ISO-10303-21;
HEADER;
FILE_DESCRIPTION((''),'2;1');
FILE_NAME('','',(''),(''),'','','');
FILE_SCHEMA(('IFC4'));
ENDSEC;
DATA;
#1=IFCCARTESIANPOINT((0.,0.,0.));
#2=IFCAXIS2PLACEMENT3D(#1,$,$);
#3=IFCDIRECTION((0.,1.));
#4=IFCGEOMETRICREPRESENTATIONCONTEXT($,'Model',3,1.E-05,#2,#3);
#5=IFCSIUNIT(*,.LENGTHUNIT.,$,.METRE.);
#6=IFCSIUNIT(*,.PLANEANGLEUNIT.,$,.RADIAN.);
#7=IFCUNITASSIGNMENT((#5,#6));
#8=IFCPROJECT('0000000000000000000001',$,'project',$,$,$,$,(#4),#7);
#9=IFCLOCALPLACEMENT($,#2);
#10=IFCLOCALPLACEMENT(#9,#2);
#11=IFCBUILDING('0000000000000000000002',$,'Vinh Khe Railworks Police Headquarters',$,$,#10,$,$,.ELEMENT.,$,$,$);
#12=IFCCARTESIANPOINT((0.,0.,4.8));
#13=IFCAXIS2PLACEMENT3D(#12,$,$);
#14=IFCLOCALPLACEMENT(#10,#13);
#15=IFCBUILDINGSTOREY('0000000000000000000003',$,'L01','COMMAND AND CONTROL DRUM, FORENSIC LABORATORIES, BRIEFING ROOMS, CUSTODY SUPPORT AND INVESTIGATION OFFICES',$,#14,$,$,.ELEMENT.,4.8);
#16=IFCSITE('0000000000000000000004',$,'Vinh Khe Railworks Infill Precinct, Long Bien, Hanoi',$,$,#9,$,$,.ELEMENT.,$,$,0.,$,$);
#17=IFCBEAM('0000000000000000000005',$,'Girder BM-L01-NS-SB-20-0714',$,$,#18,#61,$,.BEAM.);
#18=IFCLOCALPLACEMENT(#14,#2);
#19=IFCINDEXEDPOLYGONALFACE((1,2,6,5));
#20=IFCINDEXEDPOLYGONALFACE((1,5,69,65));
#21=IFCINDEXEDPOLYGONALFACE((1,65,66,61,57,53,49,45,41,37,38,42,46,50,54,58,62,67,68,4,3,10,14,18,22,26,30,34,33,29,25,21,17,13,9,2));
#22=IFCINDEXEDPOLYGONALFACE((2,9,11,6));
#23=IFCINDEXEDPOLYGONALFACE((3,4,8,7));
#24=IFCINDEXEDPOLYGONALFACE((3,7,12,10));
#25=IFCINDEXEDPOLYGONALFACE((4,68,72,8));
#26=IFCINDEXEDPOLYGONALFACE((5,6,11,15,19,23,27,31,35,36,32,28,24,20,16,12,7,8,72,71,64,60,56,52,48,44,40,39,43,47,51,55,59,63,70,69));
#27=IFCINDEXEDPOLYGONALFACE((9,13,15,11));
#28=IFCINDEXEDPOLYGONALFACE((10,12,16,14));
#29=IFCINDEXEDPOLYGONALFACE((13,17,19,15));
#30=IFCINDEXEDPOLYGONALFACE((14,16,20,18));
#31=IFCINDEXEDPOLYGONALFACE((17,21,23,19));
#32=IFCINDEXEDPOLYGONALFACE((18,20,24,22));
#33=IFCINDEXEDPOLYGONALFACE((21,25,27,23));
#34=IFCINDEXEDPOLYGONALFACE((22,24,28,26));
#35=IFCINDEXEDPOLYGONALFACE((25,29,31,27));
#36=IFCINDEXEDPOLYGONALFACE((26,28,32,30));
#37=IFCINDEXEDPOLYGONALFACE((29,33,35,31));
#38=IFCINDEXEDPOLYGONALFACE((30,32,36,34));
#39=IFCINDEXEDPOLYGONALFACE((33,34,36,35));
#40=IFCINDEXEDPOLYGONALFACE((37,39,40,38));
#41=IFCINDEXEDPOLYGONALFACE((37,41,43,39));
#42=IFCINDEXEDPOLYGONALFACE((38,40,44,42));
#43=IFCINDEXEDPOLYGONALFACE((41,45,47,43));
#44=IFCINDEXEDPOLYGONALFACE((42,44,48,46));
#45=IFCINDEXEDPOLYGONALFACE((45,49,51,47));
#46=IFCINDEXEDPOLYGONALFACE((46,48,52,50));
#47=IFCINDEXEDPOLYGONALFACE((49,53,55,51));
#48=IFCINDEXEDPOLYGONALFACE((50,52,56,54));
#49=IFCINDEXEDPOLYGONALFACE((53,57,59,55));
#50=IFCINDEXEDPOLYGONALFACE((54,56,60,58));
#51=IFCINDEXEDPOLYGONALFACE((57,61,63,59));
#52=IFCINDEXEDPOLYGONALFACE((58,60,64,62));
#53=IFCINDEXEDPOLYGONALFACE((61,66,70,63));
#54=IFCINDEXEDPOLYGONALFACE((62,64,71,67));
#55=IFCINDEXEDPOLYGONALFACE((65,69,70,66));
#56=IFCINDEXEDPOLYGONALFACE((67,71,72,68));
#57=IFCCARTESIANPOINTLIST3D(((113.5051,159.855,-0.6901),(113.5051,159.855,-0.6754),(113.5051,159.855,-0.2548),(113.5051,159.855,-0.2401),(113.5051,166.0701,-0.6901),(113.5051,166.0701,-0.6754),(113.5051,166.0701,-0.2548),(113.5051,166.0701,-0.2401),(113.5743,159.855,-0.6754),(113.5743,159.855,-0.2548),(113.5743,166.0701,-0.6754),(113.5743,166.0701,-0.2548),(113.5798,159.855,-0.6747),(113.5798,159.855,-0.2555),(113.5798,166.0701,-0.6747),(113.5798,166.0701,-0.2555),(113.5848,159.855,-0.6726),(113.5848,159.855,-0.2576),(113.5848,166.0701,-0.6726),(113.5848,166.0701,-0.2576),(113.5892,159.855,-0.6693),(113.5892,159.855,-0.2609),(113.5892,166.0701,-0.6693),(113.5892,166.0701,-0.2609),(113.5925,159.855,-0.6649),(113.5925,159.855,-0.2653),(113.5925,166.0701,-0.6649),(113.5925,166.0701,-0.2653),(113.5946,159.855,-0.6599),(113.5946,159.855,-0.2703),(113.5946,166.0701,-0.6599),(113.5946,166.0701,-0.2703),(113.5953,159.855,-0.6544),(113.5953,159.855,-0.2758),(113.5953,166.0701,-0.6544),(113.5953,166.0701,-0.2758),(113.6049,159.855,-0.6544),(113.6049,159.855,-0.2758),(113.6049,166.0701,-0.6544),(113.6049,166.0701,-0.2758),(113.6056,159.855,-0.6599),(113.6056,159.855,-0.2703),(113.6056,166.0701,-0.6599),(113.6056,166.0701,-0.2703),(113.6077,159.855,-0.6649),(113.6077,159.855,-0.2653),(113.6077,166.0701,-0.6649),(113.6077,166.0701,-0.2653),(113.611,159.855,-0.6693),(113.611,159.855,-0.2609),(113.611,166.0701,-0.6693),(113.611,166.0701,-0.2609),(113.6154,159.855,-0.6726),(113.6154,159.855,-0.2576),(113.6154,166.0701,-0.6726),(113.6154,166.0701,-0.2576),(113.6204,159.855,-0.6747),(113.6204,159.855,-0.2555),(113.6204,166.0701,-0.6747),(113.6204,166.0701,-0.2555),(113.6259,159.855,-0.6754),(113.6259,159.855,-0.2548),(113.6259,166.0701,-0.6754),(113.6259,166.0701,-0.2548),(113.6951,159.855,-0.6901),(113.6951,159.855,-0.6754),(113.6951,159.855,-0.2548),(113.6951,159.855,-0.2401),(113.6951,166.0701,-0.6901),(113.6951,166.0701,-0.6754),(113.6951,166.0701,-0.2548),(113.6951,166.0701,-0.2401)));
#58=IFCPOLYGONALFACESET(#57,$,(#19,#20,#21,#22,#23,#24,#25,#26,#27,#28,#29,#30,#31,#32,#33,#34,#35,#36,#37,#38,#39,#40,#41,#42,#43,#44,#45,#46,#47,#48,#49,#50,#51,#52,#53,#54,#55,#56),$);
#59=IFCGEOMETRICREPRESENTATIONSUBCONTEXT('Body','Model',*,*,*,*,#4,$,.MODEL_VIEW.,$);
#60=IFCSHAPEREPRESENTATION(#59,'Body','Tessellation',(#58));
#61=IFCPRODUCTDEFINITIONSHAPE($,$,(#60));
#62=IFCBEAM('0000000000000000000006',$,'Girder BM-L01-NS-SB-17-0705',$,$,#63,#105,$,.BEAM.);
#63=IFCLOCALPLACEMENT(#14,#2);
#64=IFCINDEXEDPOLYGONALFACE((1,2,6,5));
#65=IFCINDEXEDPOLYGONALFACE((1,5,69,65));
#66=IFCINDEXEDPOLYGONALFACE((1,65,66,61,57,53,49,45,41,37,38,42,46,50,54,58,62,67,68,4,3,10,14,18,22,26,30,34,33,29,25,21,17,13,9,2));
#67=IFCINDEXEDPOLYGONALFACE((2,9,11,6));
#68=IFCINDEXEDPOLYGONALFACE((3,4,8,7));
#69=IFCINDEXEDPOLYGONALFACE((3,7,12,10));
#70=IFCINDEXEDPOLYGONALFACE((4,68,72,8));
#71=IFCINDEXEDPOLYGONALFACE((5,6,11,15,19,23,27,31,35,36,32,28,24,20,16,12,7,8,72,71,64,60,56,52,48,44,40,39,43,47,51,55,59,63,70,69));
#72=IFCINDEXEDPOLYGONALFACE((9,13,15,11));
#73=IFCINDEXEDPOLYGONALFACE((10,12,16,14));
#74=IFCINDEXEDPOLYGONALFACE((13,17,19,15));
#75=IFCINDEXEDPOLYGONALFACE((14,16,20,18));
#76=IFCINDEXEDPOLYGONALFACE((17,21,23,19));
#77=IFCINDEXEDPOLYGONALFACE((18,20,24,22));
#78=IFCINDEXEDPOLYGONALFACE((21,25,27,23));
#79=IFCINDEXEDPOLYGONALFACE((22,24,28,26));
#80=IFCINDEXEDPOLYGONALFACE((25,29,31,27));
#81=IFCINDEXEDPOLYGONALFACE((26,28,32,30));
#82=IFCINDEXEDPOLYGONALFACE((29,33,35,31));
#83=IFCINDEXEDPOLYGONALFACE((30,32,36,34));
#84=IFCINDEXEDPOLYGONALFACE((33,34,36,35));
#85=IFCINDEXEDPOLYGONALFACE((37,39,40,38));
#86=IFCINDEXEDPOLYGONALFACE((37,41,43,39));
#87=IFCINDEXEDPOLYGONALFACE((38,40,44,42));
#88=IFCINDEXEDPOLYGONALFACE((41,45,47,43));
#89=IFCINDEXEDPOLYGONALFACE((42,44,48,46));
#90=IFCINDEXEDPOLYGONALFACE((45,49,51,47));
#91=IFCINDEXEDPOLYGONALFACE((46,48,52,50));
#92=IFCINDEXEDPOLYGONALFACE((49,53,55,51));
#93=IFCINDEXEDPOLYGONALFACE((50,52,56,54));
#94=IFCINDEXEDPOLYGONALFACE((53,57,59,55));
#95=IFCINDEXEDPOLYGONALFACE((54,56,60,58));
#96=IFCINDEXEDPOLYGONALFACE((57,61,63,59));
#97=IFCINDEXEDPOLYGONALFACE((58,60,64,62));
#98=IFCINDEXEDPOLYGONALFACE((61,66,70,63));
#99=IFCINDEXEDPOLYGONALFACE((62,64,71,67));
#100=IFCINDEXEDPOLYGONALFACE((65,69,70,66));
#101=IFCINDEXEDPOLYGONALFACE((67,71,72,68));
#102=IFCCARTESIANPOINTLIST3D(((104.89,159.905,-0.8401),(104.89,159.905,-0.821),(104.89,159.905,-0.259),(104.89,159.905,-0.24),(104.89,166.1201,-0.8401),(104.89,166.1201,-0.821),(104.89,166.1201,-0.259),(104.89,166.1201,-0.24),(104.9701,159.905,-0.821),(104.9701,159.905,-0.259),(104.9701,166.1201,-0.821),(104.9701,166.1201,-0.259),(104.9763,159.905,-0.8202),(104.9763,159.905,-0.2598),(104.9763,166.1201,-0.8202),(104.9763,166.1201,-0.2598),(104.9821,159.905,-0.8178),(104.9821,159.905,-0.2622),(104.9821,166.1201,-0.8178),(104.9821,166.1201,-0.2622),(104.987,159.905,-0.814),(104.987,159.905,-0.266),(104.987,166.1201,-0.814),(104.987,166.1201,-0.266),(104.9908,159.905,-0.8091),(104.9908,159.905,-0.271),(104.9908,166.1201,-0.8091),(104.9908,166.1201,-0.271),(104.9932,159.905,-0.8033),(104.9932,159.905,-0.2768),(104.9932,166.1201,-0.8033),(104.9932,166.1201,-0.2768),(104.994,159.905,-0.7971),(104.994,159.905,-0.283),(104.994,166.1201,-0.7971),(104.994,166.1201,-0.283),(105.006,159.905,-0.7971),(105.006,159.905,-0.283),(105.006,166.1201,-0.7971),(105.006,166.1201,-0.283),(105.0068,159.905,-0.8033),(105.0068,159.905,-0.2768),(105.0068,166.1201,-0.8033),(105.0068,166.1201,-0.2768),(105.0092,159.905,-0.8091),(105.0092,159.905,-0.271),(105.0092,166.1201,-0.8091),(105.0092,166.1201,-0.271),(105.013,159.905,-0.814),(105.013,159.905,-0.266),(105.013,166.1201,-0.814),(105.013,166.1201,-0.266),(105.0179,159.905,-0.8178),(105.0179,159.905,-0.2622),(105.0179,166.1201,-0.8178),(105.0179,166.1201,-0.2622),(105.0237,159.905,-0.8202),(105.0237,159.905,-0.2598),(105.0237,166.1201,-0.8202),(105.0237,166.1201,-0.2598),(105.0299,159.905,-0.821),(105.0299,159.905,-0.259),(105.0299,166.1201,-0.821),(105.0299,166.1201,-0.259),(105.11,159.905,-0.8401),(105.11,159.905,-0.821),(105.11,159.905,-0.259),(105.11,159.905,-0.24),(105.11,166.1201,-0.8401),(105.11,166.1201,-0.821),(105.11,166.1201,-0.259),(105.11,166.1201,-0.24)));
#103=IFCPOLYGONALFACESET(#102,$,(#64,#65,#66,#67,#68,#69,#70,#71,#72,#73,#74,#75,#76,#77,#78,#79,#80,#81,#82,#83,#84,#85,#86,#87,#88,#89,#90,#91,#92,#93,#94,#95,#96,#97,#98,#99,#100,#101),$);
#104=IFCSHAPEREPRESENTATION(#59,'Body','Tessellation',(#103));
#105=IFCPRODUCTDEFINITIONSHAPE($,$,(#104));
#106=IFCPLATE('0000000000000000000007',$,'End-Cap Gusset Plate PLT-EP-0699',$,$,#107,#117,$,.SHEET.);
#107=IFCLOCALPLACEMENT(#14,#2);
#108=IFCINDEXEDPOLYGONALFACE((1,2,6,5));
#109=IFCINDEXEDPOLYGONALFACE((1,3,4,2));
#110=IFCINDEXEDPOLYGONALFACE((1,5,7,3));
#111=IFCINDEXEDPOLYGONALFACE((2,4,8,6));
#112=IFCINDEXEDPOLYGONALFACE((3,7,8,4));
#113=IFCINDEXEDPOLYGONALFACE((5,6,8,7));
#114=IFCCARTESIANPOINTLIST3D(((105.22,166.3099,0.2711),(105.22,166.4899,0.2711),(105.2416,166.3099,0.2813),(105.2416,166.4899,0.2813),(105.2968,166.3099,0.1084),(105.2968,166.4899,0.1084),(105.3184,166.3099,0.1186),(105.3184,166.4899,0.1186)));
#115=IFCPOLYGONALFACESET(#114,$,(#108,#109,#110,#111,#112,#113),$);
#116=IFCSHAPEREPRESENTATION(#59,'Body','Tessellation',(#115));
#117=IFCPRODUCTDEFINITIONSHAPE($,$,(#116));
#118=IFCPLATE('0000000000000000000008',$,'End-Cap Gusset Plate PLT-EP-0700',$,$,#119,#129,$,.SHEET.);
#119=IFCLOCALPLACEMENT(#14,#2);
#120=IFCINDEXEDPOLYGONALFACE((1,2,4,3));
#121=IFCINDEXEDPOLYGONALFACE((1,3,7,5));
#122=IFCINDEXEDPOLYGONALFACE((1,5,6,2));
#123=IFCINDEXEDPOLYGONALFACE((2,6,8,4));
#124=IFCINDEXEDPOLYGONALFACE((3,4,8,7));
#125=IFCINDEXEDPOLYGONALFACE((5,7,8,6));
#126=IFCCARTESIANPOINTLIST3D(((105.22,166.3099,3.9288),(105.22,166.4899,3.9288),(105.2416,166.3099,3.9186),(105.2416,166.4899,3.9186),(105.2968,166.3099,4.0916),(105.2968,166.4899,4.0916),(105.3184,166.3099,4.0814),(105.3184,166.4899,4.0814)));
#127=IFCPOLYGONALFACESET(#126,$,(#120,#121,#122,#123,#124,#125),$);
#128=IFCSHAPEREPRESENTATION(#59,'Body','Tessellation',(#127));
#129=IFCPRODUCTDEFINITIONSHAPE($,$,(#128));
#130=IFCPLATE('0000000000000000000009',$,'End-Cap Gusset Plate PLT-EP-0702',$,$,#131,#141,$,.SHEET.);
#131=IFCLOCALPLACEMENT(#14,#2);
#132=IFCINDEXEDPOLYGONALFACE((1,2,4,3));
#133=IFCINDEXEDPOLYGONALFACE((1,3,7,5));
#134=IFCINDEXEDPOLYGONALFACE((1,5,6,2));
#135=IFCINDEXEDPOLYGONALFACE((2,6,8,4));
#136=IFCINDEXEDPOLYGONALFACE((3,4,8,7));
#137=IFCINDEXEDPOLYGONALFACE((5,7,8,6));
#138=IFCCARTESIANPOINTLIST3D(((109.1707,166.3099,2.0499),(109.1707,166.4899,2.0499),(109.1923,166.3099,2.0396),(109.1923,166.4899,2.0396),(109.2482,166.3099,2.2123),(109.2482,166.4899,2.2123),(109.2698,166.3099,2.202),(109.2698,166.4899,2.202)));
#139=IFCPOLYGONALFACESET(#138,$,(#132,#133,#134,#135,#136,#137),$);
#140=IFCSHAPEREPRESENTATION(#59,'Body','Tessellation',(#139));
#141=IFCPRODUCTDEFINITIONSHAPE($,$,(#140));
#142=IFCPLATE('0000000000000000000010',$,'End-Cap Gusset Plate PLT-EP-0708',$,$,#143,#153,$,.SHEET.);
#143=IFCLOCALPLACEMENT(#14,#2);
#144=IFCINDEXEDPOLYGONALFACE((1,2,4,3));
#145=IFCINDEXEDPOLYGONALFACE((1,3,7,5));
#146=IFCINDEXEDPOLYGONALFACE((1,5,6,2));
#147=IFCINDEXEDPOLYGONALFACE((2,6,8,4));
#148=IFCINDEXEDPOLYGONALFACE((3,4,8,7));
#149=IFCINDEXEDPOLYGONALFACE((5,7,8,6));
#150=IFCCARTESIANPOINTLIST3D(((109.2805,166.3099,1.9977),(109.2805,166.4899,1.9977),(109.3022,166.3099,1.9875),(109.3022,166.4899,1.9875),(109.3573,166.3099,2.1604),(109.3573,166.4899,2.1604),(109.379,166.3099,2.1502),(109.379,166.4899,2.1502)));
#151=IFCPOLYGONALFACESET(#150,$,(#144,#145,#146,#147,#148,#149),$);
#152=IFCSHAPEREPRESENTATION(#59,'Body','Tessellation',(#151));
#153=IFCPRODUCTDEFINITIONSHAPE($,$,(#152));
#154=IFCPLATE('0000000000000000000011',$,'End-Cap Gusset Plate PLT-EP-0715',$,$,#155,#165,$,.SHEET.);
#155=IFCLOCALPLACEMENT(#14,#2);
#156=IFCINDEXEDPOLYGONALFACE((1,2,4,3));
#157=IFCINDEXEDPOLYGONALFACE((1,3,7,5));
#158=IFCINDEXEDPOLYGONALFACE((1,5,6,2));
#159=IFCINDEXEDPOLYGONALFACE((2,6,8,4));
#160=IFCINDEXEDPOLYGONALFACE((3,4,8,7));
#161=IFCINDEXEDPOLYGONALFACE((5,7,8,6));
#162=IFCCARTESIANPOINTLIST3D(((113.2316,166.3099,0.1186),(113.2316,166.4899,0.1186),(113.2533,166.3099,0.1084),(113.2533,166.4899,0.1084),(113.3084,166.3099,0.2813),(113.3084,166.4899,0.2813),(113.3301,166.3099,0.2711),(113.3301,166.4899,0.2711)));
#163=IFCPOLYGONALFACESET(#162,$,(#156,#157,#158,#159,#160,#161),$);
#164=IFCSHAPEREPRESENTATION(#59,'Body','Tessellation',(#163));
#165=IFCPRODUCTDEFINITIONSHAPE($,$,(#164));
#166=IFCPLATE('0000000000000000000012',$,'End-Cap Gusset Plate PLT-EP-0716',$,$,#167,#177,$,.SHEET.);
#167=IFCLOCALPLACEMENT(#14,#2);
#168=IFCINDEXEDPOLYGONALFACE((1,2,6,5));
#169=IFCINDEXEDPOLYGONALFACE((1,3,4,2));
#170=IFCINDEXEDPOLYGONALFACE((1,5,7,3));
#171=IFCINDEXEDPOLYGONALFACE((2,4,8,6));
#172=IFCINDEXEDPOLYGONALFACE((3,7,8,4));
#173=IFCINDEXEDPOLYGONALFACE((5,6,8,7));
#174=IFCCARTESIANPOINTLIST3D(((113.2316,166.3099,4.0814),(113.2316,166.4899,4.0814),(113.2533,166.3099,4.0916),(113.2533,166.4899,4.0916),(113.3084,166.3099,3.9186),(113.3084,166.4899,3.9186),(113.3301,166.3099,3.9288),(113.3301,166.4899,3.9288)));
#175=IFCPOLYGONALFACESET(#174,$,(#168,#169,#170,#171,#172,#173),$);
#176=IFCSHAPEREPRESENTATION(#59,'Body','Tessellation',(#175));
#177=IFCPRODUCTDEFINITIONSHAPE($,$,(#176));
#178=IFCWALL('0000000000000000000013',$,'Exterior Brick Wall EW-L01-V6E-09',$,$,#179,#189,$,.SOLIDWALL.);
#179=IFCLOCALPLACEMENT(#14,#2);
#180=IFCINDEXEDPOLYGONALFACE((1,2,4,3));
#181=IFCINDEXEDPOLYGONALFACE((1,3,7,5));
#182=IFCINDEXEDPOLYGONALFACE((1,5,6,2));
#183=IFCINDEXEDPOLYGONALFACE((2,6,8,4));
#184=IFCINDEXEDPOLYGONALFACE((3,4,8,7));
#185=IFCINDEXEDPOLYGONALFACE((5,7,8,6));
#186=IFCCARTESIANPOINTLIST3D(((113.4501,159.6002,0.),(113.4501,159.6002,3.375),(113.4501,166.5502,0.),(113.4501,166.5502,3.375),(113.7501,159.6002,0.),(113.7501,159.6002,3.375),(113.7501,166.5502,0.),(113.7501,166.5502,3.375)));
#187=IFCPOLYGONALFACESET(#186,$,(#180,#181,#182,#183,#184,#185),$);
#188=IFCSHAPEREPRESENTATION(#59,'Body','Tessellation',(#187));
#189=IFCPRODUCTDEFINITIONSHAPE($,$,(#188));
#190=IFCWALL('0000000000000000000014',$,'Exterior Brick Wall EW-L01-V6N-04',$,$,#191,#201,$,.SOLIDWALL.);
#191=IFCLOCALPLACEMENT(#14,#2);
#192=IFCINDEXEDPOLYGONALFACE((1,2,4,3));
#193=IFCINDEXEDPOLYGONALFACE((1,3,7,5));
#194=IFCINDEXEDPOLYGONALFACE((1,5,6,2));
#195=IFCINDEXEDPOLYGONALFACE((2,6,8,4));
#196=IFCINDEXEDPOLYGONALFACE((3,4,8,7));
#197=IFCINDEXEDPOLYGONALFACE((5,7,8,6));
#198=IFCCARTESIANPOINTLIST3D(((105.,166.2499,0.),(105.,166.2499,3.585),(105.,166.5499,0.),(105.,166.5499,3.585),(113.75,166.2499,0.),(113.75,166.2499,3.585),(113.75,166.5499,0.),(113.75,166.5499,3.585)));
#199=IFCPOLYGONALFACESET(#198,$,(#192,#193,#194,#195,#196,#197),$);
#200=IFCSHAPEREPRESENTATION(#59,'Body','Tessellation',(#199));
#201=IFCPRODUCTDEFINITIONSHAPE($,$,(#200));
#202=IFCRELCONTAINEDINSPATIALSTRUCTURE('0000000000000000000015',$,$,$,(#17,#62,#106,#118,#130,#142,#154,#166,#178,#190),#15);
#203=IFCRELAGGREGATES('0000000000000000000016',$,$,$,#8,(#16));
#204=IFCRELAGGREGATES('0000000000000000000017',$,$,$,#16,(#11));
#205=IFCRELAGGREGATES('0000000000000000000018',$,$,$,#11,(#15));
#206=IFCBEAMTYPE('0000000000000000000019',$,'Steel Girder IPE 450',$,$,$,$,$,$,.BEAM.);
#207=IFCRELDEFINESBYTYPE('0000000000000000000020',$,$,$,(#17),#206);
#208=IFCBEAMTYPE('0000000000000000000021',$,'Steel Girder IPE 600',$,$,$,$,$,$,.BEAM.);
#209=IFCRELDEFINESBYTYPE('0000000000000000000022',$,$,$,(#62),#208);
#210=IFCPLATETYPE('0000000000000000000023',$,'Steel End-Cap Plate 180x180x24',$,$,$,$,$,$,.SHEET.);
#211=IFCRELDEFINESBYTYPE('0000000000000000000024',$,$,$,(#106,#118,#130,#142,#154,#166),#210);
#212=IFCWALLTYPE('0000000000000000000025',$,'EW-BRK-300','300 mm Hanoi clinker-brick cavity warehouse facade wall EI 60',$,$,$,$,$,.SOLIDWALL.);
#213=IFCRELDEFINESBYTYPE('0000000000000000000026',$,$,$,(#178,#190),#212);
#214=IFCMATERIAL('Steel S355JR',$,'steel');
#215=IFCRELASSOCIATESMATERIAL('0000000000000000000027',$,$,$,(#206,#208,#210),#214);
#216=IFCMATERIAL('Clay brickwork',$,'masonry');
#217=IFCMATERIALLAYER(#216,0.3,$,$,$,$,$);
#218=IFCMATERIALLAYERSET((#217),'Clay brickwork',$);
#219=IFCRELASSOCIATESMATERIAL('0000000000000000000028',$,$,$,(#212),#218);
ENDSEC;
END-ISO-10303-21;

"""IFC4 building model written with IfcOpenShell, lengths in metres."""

from ifc_helpers import new_model, si_unit, direction, frame, frame_2d, origin, origin_2d, place, context, subcontext, project, spatial, rectangle, i_section, extrude, material, layer, layer_set, material_profile, profile_set, type_object, element, save


model = new_model("IFC4")

# Units and contexts
model_context = context("Model", 3, precision=1e-05, world=origin(), true_north=direction((0.0, 1.0)))
body_context = subcontext(model_context, "Body", "Model", "MODEL_VIEW")
ifc_project = project(units=[si_unit("LENGTHUNIT", "METRE"), si_unit("PLANEANGLEUNIT", "RADIAN")], contexts=[model_context])

# Site, building, storey
site_placement = place(None, origin())
site = spatial("IfcSite", under=ifc_project, at=site_placement, Name="Vinh Khe Railworks Infill Precinct, Long Bien, Hanoi", CompositionType="ELEMENT", RefElevation=0.0)
building_placement = place(site_placement, origin())
building = spatial("IfcBuilding", under=site, at=building_placement, Name="Vinh Khe Railworks Police Headquarters", CompositionType="ELEMENT")
storey_placement = place(building_placement, frame((0.0, 0.0, 4.8)))
storey = spatial("IfcBuildingStorey", under=building, at=storey_placement, Name="L01", Description="COMMAND AND CONTROL DRUM, FORENSIC LABORATORIES, BRIEFING ROOMS, CUSTODY SUPPORT AND INVESTIGATION OFFICES", CompositionType="ELEMENT", Elevation=4.8)

# Shared definitions
ifc_material_1 = material(Name="Steel S355JR", Category="steel")

# Beams
ifc_material_profile_1 = material_profile(ifc_material_1, i_section(OverallWidth=0.1899, OverallDepth=0.45, WebThickness=0.0095, FlangeThickness=0.0146, FilletRadius=0.021, at=origin_2d()), Name="IPE 450")
ifc_profile_set_1 = profile_set([ifc_material_profile_1], Name="Steel S355JR")
beam_type_1 = type_object("IfcBeamType", Name="Steel Girder IPE 450", PredefinedType="BEAM", material=ifc_profile_set_1)
beam_1_placement = place(storey_placement, frame((113.6001, 159.855, -0.4651), z_axis=(0.0, 1.0, 0.0), x_axis=(-1.0, 0.0, 0.0)))
element("IfcBeam", 1, at=beam_1_placement, inside=storey, type_object=beam_type_1, Name="Girder BM-L01-NS-SB-20-0714", PredefinedType="BEAM", context=body_context, shape_type="SweptSolid", body=[
    extrude(i_section(OverallWidth=0.1899, OverallDepth=0.45, WebThickness=0.0095, FlangeThickness=0.0146, FilletRadius=0.021, at=origin_2d()), origin(), (0.0, 0.0, 1.0), 6.2151),
])
ifc_material_profile_2 = material_profile(ifc_material_1, i_section(OverallWidth=0.22, OverallDepth=0.6001, WebThickness=0.012, FlangeThickness=0.019, FilletRadius=0.0239, at=origin_2d()), Name="IPE 600")
ifc_profile_set_2 = profile_set([ifc_material_profile_2], Name="Steel S355JR")
beam_type_2 = type_object("IfcBeamType", Name="Steel Girder IPE 600", PredefinedType="BEAM", material=ifc_profile_set_2)
beam_2_placement = place(storey_placement, frame((105.0, 159.905, -0.54), z_axis=(0.0, 1.0, 0.0), x_axis=(-1.0, 0.0, 0.0)))
element("IfcBeam", 2, at=beam_2_placement, inside=storey, type_object=beam_type_2, Name="Girder BM-L01-NS-SB-17-0705", PredefinedType="BEAM", context=body_context, shape_type="SweptSolid", body=[
    extrude(i_section(OverallWidth=0.22, OverallDepth=0.6001, WebThickness=0.012, FlangeThickness=0.019, FilletRadius=0.0239, at=origin_2d()), origin(), (0.0, 0.0, 1.0), 6.2151),
])

# Plates
ifc_material_profile_3 = material_profile(ifc_material_1, rectangle(XDim=0.1799, YDim=0.1799, at=origin_2d()), Name="PL 180x180")
ifc_profile_set_3 = profile_set([ifc_material_profile_3], Name="Steel S355JR")
plate_type = type_object("IfcPlateType", Name="Steel End-Cap Plate 180x180x24", PredefinedType="SHEET", material=ifc_profile_set_3)
for number, where, z_axis, x_axis, name in (
    (3, (105.28, 166.3999, 0.2), (-0.904358, 0.0, -0.426775), (0.0, -1.0, 0.0), "End-Cap Gusset Plate PLT-EP-0699"),
    (4, (105.28, 166.3999, 4.0), (-0.904358, 0.0, 0.426775), (0.0, -1.0, 0.0), "End-Cap Gusset Plate PLT-EP-0700"),
    (5, (109.2095, 166.3999, 2.1311), (0.902481, 0.0, -0.43073), (0.0, 1.0, 0.0), "End-Cap Gusset Plate PLT-EP-0702"),
    (6, (109.3406, 166.3999, 2.0688), (-0.904358, 0.0, 0.426775), (0.0, -1.0, 0.0), "End-Cap Gusset Plate PLT-EP-0708"),
    (7, (113.27, 166.3999, 0.2), (0.904358, 0.0, -0.426775), (0.0, 1.0, 0.0), "End-Cap Gusset Plate PLT-EP-0715"),
    (8, (113.27, 166.3999, 4.0), (0.904358, 0.0, 0.426775), (0.0, 1.0, 0.0), "End-Cap Gusset Plate PLT-EP-0716"),
):
    element("IfcPlate", number, at=place(storey_placement, frame(where, z_axis=z_axis, x_axis=x_axis)), inside=storey, type_object=plate_type, Name=name, PredefinedType="SHEET", context=body_context, shape_type="SweptSolid", body=[
        extrude(rectangle(XDim=0.1799, YDim=0.1799, at=origin_2d()), origin(), (0.0, 0.0, 1.0), 0.0239),
    ])

# Walls
ifc_material_2 = material(Name="Clay brickwork", Category="masonry")
ifc_layer = layer(ifc_material_2, 0.3)
ifc_layer_set = layer_set([ifc_layer], Name="Clay brickwork")
wall_type = type_object("IfcWallType", Name="EW-BRK-300", Description="300 mm Hanoi clinker-brick cavity warehouse facade wall EI 60", PredefinedType="SOLIDWALL", material=ifc_layer_set)
wall_1_placement = place(storey_placement, frame((113.6001, 159.6001, 0.0), z_axis=(0.0, 0.0, 1.0), x_axis=(0.0, 1.0, 0.0)))
element("IfcWall", 9, at=wall_1_placement, inside=storey, type_object=wall_type, Name="Exterior Brick Wall EW-L01-V6E-09", PredefinedType="SOLIDWALL", context=body_context, shape_type="SweptSolid", body=[
    extrude(rectangle(XDim=6.95, YDim=0.3, at=frame_2d((3.4751, 0.0))), origin(), (0.0, 0.0, 1.0), 3.375),
])
wall_2_placement = place(storey_placement, frame((105.0, 166.3999, 0.0), z_axis=(0.0, 0.0, 1.0), x_axis=(1.0, 0.0, 0.0)))
element("IfcWall", 10, at=wall_2_placement, inside=storey, type_object=wall_type, Name="Exterior Brick Wall EW-L01-V6N-04", PredefinedType="SOLIDWALL", context=body_context, shape_type="SweptSolid", body=[
    extrude(rectangle(XDim=8.75, YDim=0.3, at=frame_2d((4.375, 0.0))), origin(), (0.0, 0.0, 1.0), 3.585),
])

save(model, "model.ifc")
